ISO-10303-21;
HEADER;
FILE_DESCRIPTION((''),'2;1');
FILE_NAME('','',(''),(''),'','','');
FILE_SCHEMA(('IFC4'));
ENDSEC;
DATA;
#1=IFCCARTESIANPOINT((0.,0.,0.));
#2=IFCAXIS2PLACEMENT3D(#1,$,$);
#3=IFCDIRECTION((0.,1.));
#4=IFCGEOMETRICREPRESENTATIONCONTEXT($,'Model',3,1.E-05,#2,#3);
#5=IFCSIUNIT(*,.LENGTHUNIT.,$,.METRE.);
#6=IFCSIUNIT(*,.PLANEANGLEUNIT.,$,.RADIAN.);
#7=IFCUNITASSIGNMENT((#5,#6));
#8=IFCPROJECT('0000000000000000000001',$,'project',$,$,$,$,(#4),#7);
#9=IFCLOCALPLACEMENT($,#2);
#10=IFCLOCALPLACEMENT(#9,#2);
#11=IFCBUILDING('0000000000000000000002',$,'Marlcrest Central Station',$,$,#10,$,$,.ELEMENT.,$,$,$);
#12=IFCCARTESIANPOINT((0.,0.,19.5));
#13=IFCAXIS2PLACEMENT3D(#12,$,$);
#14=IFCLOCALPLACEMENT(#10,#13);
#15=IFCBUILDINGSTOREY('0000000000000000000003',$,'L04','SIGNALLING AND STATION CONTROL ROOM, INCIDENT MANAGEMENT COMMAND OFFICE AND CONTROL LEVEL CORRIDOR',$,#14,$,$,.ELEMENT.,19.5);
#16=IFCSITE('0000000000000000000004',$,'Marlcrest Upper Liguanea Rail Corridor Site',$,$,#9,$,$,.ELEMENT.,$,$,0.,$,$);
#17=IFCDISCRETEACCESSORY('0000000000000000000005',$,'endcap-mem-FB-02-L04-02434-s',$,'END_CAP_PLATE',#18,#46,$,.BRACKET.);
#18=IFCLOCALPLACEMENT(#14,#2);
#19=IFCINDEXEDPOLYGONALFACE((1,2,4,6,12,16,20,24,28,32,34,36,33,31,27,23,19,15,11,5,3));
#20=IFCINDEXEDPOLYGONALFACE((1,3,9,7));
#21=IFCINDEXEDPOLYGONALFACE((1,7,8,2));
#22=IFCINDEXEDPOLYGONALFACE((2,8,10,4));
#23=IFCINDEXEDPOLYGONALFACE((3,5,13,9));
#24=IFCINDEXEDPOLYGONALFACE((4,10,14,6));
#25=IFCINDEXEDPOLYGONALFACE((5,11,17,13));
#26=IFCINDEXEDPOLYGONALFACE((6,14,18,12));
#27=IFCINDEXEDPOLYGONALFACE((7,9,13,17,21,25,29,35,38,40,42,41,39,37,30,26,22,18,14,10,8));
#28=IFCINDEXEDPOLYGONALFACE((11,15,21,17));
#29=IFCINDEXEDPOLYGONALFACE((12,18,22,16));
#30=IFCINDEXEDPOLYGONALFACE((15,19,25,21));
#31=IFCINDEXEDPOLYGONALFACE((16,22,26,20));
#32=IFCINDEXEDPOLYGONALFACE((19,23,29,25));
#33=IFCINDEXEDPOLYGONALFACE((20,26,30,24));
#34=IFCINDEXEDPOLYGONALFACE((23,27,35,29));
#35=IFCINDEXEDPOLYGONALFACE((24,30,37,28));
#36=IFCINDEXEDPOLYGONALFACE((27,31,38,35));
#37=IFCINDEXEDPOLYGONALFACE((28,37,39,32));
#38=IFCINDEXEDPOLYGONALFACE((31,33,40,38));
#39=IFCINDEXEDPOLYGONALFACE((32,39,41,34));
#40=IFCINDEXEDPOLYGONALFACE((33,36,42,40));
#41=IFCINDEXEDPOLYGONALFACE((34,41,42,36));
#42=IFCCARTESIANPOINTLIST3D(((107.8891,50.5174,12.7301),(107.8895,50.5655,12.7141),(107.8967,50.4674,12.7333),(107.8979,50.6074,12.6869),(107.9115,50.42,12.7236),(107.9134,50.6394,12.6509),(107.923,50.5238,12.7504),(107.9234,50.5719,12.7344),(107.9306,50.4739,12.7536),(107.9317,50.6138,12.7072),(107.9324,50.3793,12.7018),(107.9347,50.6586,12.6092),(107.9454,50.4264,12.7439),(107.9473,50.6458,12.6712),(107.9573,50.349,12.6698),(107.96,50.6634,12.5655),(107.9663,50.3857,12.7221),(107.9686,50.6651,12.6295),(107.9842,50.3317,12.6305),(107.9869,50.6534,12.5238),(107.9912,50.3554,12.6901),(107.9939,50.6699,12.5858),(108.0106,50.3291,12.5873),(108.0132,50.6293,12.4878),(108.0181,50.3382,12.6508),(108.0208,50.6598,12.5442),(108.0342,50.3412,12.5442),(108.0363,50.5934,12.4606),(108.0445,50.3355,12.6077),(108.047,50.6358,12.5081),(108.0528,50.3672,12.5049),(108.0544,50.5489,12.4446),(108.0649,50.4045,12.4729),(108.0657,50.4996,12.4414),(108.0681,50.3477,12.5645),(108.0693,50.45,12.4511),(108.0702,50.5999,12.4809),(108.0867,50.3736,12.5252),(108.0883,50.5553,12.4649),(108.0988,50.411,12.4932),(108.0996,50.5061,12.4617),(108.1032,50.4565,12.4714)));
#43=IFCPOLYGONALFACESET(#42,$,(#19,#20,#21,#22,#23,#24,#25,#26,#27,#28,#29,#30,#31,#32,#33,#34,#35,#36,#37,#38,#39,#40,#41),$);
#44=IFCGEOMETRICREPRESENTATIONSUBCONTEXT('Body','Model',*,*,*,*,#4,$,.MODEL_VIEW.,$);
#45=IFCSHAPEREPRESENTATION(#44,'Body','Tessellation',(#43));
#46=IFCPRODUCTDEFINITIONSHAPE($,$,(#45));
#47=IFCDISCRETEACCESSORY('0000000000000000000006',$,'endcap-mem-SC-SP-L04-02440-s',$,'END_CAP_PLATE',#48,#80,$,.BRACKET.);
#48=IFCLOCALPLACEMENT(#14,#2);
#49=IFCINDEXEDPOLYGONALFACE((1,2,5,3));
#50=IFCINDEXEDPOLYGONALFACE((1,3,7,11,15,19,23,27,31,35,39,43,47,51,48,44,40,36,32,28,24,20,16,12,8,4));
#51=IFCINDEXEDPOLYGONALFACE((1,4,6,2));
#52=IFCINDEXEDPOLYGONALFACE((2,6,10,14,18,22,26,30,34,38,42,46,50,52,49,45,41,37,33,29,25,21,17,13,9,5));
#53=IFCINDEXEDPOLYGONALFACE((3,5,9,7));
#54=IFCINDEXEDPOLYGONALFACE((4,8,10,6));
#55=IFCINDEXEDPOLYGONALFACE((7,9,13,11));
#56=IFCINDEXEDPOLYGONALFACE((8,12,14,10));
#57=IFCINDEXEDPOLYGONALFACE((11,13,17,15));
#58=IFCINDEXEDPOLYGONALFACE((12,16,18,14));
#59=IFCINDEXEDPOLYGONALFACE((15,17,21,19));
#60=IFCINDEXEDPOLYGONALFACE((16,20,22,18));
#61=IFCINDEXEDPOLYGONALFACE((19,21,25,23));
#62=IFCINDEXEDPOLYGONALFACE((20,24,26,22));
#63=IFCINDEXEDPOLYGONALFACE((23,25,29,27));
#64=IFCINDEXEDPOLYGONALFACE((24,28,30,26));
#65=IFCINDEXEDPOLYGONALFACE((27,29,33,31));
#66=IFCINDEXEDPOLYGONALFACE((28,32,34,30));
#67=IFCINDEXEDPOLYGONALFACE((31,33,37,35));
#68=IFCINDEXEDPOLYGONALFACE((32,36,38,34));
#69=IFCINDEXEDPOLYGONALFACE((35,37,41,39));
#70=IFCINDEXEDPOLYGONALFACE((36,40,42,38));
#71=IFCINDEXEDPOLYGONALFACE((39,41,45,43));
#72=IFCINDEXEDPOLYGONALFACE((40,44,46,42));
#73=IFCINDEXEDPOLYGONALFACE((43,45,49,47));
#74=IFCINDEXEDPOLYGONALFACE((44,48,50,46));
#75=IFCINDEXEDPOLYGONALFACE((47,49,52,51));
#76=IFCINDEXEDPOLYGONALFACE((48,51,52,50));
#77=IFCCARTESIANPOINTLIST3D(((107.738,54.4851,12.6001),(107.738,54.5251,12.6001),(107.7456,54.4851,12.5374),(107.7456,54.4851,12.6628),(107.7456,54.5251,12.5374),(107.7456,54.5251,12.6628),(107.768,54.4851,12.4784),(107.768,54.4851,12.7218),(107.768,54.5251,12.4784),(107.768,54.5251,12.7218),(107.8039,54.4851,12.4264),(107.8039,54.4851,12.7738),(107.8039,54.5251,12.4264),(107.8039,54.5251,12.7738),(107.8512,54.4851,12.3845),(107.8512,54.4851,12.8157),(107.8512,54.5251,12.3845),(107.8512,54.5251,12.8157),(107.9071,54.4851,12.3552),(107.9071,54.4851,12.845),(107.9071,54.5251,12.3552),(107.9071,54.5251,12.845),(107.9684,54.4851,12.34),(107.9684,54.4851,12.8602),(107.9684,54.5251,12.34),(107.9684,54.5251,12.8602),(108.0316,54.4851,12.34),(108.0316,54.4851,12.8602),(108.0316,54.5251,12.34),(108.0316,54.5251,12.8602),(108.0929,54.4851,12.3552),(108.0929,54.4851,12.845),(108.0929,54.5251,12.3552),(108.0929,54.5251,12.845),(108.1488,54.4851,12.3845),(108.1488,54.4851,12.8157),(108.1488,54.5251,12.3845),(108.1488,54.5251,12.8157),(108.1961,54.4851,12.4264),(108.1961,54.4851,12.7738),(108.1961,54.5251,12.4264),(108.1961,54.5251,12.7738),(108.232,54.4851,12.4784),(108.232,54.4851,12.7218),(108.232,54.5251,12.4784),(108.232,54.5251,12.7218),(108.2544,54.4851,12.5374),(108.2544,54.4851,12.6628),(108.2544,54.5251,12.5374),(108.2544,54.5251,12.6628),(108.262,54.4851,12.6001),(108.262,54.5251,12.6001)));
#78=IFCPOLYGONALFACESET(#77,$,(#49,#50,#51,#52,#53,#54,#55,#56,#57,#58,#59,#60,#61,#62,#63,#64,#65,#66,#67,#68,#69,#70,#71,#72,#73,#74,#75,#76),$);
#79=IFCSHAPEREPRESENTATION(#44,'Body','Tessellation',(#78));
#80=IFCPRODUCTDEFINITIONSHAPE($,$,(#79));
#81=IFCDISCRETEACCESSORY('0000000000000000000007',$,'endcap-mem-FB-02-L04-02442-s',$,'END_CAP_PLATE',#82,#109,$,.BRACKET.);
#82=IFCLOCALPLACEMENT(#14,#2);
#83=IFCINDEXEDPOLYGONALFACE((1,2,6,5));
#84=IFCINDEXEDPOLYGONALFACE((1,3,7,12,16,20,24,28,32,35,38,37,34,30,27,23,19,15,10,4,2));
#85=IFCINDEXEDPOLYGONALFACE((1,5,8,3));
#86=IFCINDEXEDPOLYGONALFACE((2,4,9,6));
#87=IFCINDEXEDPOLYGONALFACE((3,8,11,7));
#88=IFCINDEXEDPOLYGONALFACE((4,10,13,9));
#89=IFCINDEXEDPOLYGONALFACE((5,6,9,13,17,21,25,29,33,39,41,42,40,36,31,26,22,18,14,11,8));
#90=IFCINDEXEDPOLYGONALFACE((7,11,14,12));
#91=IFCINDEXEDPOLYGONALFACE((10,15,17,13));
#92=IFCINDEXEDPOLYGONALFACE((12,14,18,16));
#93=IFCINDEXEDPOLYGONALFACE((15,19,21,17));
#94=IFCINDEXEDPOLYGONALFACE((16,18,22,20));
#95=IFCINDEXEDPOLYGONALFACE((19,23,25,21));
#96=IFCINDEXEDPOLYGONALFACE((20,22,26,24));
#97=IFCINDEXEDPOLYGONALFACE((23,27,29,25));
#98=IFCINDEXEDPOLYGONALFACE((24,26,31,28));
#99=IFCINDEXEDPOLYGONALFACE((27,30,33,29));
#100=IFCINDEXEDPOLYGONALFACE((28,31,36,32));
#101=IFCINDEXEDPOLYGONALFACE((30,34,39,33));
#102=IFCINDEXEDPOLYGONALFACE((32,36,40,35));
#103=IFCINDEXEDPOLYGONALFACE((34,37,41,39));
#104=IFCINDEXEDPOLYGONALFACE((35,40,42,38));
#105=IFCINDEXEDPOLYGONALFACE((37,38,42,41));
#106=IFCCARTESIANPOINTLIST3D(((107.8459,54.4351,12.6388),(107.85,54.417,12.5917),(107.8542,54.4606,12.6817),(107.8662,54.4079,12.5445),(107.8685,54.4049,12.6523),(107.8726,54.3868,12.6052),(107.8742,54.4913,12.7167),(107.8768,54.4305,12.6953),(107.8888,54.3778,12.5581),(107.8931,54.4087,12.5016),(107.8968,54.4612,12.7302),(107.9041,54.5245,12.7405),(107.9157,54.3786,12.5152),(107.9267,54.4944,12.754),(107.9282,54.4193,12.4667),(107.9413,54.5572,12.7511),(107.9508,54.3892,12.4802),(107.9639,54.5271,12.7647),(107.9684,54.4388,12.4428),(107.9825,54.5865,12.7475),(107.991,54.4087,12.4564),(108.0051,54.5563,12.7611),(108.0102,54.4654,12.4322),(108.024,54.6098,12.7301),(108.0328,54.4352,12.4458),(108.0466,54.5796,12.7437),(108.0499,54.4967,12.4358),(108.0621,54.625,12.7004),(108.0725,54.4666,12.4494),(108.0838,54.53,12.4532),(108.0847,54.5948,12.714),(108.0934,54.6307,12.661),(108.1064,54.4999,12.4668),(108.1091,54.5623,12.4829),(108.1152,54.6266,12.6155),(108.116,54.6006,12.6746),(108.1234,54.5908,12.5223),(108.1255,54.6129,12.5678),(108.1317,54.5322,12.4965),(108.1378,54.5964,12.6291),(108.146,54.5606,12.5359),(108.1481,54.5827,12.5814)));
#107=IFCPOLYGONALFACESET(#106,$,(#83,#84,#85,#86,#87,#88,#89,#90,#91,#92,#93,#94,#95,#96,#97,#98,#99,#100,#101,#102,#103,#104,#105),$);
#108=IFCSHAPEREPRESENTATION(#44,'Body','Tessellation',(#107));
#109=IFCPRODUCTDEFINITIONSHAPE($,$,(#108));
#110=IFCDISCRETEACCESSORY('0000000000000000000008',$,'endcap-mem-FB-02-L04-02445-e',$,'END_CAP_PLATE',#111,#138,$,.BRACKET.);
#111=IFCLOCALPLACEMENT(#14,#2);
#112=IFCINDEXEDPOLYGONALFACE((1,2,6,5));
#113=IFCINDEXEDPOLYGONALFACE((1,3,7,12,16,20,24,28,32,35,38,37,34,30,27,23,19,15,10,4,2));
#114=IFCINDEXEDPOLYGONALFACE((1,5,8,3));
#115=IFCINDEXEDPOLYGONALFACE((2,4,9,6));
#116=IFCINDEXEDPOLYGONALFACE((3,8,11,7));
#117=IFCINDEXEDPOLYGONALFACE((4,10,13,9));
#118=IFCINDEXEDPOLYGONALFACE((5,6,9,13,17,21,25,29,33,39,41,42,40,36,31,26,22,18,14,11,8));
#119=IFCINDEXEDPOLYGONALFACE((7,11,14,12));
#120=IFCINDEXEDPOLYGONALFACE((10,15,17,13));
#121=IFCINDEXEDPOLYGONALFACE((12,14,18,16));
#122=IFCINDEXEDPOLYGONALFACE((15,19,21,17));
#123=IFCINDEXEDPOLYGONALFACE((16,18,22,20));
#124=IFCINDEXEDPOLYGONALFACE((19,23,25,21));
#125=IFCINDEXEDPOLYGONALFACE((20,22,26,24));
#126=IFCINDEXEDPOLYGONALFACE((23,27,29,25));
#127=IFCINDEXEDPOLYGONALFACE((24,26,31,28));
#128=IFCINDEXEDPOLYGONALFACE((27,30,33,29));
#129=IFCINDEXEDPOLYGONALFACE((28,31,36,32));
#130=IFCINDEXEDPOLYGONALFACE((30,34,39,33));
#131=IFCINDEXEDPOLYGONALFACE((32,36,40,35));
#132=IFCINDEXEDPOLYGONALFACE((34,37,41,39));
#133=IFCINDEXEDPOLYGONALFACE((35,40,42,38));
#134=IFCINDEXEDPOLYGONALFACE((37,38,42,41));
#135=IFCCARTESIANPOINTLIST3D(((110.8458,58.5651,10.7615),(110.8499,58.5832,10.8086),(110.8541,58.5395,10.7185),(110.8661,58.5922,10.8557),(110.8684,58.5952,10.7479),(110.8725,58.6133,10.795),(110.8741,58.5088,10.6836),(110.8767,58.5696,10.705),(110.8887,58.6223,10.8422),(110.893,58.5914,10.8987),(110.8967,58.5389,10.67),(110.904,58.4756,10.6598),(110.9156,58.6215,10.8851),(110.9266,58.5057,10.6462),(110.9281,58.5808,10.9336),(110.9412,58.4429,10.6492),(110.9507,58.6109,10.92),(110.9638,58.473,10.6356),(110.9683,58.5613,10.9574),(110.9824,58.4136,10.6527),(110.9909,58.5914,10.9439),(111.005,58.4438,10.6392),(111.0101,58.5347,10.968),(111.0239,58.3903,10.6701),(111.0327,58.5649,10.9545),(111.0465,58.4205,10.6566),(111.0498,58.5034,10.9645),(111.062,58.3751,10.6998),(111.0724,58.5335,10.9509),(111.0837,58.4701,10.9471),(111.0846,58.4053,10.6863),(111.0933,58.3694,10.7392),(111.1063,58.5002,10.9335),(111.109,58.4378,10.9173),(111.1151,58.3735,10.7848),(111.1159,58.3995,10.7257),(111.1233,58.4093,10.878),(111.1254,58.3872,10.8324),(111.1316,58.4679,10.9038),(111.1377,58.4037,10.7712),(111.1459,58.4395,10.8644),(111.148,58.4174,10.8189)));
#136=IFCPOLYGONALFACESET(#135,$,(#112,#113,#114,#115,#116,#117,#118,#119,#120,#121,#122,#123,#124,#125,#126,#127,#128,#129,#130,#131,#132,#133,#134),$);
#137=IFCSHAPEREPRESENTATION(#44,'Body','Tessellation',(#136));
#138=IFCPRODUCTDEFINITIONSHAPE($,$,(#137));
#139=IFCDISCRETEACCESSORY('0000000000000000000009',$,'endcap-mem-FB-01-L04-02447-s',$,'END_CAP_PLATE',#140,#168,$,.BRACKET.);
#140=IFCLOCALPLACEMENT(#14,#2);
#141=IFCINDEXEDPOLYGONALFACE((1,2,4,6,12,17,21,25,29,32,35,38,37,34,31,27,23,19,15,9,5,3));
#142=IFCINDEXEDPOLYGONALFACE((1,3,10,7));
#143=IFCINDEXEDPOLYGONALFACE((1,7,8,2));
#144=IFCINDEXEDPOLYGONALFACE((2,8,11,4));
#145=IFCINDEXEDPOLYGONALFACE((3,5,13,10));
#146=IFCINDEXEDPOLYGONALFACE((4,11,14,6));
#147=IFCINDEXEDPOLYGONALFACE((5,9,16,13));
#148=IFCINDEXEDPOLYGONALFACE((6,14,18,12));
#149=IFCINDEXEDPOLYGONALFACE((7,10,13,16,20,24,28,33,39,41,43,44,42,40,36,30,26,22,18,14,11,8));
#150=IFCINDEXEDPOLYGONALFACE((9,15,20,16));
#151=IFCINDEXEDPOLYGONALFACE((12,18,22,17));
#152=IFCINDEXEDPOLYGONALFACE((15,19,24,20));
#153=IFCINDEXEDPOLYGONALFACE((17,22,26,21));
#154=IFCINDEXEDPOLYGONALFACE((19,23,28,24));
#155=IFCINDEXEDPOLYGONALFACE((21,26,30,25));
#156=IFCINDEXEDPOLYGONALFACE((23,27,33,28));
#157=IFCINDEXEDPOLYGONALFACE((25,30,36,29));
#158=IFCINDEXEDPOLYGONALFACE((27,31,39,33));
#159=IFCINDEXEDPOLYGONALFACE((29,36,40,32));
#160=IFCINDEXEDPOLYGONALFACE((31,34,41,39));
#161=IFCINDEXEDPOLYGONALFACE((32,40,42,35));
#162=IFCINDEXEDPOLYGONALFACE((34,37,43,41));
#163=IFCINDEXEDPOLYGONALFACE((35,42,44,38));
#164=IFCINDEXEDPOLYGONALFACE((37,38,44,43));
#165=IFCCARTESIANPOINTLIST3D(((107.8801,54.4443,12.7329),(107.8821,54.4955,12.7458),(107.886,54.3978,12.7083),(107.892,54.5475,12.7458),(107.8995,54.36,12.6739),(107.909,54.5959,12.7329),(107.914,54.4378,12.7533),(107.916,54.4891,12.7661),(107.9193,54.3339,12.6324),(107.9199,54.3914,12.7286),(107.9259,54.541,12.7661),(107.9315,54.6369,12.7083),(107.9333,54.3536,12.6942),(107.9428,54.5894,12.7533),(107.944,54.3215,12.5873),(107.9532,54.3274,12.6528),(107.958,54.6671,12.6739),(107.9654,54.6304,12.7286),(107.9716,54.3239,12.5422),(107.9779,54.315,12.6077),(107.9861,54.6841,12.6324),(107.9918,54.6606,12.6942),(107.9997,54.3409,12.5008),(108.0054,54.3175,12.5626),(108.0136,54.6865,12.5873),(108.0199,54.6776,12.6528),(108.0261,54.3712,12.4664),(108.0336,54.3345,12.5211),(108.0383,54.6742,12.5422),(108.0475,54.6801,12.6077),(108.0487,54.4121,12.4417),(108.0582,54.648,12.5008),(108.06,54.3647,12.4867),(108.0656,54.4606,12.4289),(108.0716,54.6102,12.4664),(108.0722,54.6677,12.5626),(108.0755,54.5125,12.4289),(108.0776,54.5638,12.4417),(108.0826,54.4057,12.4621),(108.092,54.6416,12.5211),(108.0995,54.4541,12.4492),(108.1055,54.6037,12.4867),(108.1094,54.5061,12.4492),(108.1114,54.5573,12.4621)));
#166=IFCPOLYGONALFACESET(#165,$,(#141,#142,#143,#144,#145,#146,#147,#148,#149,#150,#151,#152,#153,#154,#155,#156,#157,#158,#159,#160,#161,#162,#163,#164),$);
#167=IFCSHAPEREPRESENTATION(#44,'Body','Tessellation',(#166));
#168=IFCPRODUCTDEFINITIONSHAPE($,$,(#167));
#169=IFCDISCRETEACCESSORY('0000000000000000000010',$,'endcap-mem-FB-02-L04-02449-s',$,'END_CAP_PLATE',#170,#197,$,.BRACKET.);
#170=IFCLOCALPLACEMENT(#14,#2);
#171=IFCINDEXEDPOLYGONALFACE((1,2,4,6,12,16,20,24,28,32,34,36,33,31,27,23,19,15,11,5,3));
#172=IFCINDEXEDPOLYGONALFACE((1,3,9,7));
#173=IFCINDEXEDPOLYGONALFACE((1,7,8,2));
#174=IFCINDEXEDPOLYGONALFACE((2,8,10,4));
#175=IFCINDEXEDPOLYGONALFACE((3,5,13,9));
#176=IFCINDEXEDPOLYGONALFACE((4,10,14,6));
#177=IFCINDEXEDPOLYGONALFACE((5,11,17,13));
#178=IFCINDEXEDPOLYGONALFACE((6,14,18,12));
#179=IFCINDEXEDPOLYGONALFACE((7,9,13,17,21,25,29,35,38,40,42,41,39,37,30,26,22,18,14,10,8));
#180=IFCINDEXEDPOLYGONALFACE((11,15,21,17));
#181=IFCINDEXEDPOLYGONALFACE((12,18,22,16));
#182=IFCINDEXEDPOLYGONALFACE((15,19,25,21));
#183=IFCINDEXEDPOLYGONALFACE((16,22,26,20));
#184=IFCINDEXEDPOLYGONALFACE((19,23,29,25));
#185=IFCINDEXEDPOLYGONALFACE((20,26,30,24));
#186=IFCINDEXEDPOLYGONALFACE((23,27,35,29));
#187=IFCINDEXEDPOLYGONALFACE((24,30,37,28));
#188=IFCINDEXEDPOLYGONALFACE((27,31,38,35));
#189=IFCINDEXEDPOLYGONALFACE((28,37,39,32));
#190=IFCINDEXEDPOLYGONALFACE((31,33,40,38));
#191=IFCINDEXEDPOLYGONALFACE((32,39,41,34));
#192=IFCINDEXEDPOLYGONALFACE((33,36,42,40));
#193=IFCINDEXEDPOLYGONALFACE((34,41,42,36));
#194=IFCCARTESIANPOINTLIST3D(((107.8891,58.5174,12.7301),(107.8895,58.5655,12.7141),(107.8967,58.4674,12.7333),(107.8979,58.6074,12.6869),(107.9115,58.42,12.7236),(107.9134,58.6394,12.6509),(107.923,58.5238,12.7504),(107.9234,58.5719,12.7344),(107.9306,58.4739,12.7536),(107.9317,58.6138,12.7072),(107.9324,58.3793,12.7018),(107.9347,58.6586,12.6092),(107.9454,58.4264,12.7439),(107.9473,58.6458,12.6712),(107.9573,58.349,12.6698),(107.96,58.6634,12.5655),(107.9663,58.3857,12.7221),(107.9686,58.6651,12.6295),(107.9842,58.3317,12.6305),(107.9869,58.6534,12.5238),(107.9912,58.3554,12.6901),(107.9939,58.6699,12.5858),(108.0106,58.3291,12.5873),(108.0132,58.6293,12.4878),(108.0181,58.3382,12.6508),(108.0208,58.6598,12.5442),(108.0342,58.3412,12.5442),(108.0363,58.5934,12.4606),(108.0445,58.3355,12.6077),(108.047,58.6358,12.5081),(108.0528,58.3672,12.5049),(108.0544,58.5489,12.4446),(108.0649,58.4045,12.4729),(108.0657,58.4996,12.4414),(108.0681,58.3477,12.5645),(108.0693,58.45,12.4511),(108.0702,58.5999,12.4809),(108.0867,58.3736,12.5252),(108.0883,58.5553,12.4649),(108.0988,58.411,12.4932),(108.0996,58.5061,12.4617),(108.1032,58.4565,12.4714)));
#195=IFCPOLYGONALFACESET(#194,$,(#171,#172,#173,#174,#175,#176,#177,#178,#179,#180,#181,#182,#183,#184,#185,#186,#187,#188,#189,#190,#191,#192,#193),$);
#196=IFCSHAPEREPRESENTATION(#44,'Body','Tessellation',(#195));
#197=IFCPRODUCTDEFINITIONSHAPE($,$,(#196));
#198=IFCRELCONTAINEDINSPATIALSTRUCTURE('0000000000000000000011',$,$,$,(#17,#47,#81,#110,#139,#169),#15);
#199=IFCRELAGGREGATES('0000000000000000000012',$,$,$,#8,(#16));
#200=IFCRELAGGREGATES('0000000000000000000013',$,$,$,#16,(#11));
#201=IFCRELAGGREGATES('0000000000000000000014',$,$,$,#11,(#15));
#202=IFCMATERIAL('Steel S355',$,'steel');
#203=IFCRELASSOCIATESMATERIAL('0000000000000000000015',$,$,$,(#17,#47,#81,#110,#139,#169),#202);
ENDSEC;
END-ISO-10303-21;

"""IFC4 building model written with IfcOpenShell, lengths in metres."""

from ifc_helpers import new_model, si_unit, direction, frame, origin, origin_2d, place, context, subcontext, project, spatial, circle, extrude, material, element, save


model = new_model("IFC4")

# Units and contexts
model_context = context("Model", 3, precision=1e-05, world=origin(), true_north=direction((0.0, 1.0)))
body_context = subcontext(model_context, "Body", "Model", "MODEL_VIEW")
ifc_project = project(units=[si_unit("LENGTHUNIT", "METRE"), si_unit("PLANEANGLEUNIT", "RADIAN")], contexts=[model_context])

# Site, building, storey
site_placement = place(None, origin())
site = spatial("IfcSite", under=ifc_project, at=site_placement, Name="Marlcrest Upper Liguanea Rail Corridor Site", CompositionType="ELEMENT", RefElevation=0.0)
building_placement = place(site_placement, origin())
building = spatial("IfcBuilding", under=site, at=building_placement, Name="Marlcrest Central Station", CompositionType="ELEMENT")
storey_placement = place(building_placement, frame((0.0, 0.0, 19.5)))
storey = spatial("IfcBuildingStorey", under=building, at=storey_placement, Name="L04", Description="SIGNALLING AND STATION CONTROL ROOM, INCIDENT MANAGEMENT COMMAND OFFICE AND CONTROL LEVEL CORRIDOR", CompositionType="ELEMENT", Elevation=19.5)

# Discrete accessories
ifc_material_1 = material(Name="Steel S355", Category="steel")
discrete_accessory_1_placement = place(storey_placement, frame((108.0127, 50.5024, 12.6077), z_axis=(-0.846277, -0.161196, -0.50777), x_axis=(0.187112, -0.982339, 0.0)))
element("IfcDiscreteAccessory", 1, at=discrete_accessory_1_placement, inside=storey, material=ifc_material_1, Name="endcap-mem-FB-02-L04-02434-s", ObjectType="END_CAP_PLATE", PredefinedType="BRACKET", context=body_context, shape_type="SweptSolid", body=[
    extrude(circle(Radius=0.1699, at=origin_2d()), origin(), (0.0, 0.0, 1.0), 0.04),
])
discrete_accessory_2_placement = place(storey_placement, frame((108.0, 54.4851, 12.6001), z_axis=(0.0, 1.0, 0.0), x_axis=(-1.0, 0.0, 0.0)))
element("IfcDiscreteAccessory", 2, at=discrete_accessory_2_placement, inside=storey, material=ifc_material_1, Name="endcap-mem-SC-SP-L04-02440-s", ObjectType="END_CAP_PLATE", PredefinedType="BRACKET", context=body_context, shape_type="SweptSolid", body=[
    extrude(circle(Radius=0.262, at=origin_2d()), origin(), (0.0, 0.0, 1.0), 0.04),
])
for number, where, z_axis, x_axis, name in (
    (3, (108.0085, 54.4888, 12.6052), (-0.564531, 0.752708, -0.338728), (-0.8, -0.6, 0.0), "endcap-mem-FB-02-L04-02442-s"),
    (4, (110.9858, 58.4812, 10.8086), (0.564531, 0.752708, -0.338728), (-0.8, 0.6, 0.0), "endcap-mem-FB-02-L04-02445-e"),
):
    element("IfcDiscreteAccessory", number, at=place(storey_placement, frame(where, z_axis=z_axis, x_axis=x_axis)), inside=storey, material=ifc_material_1, Name=name, ObjectType="END_CAP_PLATE", PredefinedType="BRACKET", context=body_context, shape_type="SweptSolid", body=[
        extrude(circle(Radius=0.1699, at=origin_2d()), origin(), (0.0, 0.0, 1.0), 0.04),
    ])
discrete_accessory_3_placement = place(storey_placement, frame((108.0127, 54.4976, 12.6077), z_axis=(-0.846277, 0.161196, -0.50777), x_axis=(-0.187112, -0.982339, 0.0)))
element("IfcDiscreteAccessory", 5, at=discrete_accessory_3_placement, inside=storey, material=ifc_material_1, Name="endcap-mem-FB-01-L04-02447-s", ObjectType="END_CAP_PLATE", PredefinedType="BRACKET", context=body_context, shape_type="SweptSolid", body=[
    extrude(circle(Radius=0.1858, at=origin_2d()), origin(), (0.0, 0.0, 1.0), 0.04),
])
discrete_accessory_4_placement = place(storey_placement, frame((108.0127, 58.5024, 12.6077), z_axis=(-0.846277, -0.161196, -0.50777), x_axis=(0.187112, -0.982339, 0.0)))
element("IfcDiscreteAccessory", 6, at=discrete_accessory_4_placement, inside=storey, material=ifc_material_1, Name="endcap-mem-FB-02-L04-02449-s", ObjectType="END_CAP_PLATE", PredefinedType="BRACKET", context=body_context, shape_type="SweptSolid", body=[
    extrude(circle(Radius=0.1699, at=origin_2d()), origin(), (0.0, 0.0, 1.0), 0.04),
])

save(model, "model.ifc")
